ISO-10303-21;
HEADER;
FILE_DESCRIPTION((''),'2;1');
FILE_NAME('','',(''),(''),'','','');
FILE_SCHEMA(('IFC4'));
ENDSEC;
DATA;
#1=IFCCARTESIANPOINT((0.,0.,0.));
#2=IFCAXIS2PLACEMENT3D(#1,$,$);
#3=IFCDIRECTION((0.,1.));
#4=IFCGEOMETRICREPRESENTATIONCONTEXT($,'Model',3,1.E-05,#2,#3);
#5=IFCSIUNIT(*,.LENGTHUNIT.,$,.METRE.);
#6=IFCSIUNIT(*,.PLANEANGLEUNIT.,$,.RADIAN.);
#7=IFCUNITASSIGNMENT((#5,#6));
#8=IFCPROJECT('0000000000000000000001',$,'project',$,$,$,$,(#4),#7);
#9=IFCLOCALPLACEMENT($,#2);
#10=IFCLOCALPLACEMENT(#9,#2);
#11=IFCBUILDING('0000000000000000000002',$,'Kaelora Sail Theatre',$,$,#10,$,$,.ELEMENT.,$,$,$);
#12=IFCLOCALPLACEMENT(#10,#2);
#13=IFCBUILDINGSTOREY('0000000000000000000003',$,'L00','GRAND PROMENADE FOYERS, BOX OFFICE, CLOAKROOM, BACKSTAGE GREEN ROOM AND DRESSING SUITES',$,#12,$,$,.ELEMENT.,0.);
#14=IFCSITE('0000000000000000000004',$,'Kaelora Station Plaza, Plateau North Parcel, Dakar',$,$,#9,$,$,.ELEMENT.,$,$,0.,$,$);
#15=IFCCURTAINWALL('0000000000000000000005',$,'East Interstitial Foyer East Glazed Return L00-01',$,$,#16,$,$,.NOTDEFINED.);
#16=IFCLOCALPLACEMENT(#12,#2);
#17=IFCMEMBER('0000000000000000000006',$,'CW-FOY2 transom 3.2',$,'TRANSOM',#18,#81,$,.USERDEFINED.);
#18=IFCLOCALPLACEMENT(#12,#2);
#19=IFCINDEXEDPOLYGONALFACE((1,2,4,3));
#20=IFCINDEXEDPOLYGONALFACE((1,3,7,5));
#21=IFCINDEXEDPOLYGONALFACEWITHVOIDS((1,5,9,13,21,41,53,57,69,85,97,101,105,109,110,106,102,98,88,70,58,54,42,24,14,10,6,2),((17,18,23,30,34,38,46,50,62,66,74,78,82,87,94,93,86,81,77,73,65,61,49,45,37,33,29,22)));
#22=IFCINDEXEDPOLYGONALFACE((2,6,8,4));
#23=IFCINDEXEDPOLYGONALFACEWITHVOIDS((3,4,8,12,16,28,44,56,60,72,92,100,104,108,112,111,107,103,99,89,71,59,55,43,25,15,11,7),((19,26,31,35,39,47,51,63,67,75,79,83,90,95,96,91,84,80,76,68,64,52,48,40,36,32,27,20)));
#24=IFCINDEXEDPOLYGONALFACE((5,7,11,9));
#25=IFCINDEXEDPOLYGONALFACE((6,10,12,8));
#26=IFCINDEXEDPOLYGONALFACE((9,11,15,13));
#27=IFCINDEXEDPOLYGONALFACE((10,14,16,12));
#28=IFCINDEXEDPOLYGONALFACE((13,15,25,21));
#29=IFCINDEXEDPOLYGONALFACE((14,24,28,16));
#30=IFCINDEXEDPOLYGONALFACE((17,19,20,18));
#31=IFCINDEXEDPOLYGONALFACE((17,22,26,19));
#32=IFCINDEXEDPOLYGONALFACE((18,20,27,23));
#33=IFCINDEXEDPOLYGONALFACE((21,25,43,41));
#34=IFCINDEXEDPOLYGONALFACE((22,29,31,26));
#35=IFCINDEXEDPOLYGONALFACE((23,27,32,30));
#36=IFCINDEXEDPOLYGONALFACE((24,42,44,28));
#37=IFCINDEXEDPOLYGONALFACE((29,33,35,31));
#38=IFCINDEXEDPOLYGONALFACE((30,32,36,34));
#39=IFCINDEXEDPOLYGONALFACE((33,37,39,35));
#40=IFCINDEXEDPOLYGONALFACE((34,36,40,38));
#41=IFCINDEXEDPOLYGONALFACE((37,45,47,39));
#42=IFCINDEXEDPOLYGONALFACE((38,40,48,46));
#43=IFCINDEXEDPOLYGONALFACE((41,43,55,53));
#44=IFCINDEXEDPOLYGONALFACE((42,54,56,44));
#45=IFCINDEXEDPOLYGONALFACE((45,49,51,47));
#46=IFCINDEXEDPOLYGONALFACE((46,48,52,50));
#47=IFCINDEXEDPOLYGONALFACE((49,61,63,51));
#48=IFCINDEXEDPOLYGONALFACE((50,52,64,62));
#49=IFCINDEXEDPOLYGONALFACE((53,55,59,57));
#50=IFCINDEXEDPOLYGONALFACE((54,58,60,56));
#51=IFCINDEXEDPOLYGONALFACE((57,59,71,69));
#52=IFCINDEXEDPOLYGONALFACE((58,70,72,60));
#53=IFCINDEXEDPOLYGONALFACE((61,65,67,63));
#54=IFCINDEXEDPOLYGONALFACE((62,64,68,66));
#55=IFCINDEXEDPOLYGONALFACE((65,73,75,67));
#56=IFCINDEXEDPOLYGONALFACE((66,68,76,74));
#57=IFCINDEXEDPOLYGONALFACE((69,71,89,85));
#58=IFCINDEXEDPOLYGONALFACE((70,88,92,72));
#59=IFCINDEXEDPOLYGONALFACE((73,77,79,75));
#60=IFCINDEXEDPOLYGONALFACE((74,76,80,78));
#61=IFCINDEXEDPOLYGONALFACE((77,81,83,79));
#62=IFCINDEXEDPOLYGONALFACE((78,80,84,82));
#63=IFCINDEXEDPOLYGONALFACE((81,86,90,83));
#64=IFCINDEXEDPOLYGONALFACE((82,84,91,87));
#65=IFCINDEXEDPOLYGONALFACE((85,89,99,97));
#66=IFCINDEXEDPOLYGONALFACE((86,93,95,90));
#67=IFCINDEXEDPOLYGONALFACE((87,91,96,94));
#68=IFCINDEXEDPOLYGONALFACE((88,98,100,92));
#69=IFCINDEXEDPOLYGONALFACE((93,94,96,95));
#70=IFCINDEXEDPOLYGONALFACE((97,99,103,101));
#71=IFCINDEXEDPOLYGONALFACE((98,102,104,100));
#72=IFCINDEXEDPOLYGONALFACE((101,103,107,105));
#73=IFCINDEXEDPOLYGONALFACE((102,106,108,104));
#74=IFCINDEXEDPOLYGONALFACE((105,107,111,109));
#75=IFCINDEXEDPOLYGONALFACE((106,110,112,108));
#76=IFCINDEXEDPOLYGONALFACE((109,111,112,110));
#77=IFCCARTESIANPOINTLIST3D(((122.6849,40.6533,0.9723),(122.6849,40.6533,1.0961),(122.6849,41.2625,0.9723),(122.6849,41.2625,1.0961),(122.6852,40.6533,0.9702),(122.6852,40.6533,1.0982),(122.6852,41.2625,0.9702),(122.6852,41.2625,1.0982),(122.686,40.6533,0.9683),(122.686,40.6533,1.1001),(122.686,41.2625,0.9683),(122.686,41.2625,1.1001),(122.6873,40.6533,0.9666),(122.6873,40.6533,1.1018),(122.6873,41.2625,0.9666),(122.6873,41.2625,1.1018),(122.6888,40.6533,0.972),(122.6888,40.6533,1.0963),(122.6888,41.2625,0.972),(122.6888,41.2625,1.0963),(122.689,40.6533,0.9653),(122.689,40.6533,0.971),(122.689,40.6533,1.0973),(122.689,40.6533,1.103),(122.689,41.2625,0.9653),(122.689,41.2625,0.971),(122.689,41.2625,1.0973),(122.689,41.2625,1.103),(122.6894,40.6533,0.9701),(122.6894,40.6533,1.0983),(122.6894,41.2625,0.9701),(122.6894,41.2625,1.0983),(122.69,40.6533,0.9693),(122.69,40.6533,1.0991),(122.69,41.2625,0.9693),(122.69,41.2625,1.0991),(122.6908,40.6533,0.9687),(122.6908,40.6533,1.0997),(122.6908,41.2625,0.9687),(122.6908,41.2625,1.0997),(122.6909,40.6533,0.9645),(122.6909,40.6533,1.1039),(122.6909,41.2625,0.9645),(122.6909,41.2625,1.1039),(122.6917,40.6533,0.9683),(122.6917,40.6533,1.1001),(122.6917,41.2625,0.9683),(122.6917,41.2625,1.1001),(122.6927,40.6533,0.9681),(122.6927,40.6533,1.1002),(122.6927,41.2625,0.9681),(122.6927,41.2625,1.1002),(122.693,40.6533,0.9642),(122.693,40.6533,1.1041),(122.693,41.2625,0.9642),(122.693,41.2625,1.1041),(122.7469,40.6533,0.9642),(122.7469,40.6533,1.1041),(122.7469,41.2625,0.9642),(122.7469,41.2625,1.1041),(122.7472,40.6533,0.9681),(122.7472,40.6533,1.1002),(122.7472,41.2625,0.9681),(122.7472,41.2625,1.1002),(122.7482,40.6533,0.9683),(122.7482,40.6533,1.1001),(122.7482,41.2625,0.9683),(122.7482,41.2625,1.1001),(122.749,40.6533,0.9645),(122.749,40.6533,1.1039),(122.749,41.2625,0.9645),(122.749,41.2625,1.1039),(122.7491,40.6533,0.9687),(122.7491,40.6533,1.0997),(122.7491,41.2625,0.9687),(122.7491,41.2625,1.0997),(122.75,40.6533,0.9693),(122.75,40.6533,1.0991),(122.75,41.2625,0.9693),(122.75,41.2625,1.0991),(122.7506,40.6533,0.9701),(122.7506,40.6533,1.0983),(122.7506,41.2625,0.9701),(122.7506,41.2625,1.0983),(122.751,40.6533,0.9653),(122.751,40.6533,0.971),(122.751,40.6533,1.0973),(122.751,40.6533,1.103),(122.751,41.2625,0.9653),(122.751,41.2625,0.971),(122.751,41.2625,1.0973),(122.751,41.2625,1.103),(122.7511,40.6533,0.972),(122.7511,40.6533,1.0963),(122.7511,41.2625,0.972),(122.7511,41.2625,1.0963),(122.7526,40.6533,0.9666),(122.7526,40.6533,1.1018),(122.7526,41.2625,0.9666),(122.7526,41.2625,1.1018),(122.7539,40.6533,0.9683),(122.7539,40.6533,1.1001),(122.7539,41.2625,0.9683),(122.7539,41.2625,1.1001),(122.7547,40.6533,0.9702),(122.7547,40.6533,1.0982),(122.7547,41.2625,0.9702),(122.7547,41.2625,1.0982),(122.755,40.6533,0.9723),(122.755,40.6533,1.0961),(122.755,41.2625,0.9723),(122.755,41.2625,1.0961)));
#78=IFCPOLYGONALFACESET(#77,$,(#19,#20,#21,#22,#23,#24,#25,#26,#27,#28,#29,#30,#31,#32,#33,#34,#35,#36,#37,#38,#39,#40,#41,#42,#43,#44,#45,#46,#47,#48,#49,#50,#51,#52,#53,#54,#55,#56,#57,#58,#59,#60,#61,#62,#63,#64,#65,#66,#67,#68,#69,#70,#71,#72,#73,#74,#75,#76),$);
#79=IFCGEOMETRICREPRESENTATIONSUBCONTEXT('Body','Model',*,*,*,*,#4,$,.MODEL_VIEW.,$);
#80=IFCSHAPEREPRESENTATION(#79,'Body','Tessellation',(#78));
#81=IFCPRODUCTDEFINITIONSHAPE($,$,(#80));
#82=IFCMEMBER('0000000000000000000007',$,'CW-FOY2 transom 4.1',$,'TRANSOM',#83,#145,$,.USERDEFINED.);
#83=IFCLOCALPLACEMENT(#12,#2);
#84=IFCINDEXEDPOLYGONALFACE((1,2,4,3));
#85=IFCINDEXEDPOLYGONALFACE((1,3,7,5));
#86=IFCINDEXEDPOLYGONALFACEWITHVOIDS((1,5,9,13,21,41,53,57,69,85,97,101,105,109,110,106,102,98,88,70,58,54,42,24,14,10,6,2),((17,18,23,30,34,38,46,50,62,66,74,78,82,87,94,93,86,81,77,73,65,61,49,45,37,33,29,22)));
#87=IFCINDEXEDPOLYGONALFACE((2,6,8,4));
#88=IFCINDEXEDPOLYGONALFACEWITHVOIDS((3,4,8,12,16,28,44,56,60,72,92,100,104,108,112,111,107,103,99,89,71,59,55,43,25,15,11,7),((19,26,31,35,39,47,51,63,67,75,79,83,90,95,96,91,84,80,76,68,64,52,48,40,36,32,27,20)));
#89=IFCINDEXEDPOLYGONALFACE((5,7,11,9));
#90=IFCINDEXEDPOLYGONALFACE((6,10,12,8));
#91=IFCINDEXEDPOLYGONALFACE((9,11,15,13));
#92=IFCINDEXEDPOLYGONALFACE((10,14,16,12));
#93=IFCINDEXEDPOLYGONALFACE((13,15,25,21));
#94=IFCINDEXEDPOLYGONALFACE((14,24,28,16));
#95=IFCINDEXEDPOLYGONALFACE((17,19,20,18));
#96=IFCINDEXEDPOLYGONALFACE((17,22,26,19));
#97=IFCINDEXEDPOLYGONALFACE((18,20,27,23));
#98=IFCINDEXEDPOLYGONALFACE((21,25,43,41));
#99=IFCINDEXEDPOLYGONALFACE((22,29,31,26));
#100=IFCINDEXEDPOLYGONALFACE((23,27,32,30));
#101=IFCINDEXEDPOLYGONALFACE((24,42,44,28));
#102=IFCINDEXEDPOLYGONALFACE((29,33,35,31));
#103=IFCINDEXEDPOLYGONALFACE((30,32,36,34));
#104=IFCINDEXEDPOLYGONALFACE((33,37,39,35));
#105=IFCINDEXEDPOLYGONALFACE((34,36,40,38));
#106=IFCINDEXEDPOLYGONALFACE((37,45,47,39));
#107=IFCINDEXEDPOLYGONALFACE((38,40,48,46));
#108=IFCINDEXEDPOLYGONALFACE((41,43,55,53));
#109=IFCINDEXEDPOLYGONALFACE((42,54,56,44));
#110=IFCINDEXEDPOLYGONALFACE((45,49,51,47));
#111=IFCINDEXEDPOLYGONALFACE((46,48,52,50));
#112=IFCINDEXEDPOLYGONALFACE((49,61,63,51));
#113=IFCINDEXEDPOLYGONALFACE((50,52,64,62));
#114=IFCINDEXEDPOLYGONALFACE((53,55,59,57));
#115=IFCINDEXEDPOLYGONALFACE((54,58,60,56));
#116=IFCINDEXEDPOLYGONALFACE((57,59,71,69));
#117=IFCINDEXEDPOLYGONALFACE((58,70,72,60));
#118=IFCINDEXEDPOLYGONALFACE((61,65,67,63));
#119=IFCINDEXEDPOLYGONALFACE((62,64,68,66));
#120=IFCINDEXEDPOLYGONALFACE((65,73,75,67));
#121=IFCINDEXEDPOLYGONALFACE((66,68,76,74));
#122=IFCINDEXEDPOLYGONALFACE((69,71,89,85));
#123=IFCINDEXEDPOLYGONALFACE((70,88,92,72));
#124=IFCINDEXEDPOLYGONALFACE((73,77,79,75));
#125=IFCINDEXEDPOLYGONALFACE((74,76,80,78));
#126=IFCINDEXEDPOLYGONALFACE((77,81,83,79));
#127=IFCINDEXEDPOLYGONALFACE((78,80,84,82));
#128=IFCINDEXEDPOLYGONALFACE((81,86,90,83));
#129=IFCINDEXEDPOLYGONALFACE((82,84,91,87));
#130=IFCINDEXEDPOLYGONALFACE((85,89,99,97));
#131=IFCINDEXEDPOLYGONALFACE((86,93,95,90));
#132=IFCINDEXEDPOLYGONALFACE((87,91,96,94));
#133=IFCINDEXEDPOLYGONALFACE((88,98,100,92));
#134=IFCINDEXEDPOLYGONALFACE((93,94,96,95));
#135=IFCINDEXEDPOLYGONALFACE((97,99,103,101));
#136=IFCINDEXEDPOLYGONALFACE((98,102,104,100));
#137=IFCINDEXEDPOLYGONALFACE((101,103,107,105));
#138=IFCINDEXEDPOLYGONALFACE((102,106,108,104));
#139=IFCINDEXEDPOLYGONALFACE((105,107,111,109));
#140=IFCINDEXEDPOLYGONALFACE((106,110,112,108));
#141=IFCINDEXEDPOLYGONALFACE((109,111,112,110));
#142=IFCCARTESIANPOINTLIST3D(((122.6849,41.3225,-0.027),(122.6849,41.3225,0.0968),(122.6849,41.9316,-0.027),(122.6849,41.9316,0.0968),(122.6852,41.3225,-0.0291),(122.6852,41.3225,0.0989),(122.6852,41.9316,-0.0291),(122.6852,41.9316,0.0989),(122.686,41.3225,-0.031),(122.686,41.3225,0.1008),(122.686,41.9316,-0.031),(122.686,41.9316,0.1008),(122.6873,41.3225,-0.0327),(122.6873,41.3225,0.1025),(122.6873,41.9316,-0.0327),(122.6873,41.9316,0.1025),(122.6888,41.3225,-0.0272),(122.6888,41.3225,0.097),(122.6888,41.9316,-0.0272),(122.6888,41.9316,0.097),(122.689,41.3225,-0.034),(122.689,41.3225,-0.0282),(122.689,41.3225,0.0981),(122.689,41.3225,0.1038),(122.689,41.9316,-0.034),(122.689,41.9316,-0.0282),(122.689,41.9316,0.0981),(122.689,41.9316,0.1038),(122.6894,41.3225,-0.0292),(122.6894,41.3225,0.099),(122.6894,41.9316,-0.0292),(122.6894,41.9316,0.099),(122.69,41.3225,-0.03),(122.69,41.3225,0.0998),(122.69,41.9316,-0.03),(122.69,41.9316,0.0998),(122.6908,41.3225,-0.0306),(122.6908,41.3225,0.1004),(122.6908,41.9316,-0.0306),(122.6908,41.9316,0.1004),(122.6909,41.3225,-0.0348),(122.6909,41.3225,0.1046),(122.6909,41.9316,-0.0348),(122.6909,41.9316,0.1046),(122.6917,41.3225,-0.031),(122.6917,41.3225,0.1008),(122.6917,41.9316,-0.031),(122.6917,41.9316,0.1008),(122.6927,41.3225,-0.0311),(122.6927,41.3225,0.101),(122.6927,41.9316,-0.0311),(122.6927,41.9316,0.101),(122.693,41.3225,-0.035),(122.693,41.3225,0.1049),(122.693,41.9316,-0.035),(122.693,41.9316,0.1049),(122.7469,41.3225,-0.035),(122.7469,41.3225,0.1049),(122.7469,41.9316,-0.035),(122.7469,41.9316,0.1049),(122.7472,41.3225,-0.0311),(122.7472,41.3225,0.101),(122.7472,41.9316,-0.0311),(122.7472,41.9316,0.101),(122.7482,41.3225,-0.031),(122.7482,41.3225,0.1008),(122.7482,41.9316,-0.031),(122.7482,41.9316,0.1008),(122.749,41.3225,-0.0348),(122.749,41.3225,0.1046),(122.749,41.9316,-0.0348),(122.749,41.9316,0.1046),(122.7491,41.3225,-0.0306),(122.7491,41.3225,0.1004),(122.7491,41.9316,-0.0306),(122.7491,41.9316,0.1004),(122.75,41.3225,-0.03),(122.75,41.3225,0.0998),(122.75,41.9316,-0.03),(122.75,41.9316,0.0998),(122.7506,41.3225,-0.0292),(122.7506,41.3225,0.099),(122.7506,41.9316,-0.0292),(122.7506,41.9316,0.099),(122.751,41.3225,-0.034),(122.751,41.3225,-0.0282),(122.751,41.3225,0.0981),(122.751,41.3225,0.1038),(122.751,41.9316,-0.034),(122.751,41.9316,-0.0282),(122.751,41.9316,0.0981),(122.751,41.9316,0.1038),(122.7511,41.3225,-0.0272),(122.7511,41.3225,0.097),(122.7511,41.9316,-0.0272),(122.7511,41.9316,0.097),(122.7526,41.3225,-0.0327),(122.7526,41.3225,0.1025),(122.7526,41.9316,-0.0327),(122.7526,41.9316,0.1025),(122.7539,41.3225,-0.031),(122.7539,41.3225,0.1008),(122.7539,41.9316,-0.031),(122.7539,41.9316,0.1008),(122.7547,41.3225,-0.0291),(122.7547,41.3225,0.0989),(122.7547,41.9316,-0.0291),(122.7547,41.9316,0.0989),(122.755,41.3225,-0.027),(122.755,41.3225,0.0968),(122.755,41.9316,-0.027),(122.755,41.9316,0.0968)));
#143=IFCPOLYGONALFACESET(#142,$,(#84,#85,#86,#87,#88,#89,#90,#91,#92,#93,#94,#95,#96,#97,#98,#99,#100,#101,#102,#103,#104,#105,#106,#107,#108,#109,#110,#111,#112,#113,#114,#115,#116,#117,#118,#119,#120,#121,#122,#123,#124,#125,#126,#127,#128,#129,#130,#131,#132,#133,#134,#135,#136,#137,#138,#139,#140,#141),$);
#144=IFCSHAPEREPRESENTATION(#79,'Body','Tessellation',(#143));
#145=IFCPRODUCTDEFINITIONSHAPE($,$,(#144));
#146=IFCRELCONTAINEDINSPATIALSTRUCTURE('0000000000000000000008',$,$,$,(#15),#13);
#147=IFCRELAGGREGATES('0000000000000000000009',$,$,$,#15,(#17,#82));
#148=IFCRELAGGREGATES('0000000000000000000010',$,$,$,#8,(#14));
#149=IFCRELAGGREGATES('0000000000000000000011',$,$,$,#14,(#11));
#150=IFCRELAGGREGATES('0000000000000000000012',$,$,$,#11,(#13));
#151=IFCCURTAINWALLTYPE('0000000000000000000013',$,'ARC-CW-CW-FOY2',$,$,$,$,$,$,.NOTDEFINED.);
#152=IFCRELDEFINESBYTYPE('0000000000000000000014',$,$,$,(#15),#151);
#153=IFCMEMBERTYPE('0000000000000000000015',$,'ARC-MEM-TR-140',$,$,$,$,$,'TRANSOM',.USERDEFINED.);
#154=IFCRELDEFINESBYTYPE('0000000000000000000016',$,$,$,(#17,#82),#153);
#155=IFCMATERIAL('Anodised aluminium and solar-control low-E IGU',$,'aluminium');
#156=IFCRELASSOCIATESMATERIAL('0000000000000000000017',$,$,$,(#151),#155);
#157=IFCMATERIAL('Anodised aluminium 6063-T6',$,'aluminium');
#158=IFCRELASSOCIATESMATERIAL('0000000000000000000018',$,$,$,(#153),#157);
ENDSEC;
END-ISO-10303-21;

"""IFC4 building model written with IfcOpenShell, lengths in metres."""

from ifc_helpers import new_model, si_unit, direction, frame, origin, origin_2d, place, context, subcontext, project, spatial, hollow_rectangle, extrude, material, material_profile, profile_set, type_object, element, aggregate, save


model = new_model("IFC4")

# Units and contexts
model_context = context("Model", 3, precision=1e-05, world=origin(), true_north=direction((0.0, 1.0)))
body_context = subcontext(model_context, "Body", "Model", "MODEL_VIEW")
ifc_project = project(units=[si_unit("LENGTHUNIT", "METRE"), si_unit("PLANEANGLEUNIT", "RADIAN")], contexts=[model_context])

# Site, building, storey
site_placement = place(None, origin())
site = spatial("IfcSite", under=ifc_project, at=site_placement, Name="Kaelora Station Plaza, Plateau North Parcel, Dakar", CompositionType="ELEMENT", RefElevation=0.0)
building_placement = place(site_placement, origin())
building = spatial("IfcBuilding", under=site, at=building_placement, Name="Kaelora Sail Theatre", CompositionType="ELEMENT")
storey_placement = place(building_placement, origin())
storey = spatial("IfcBuildingStorey", under=building, at=storey_placement, Name="L00", Description="GRAND PROMENADE FOYERS, BOX OFFICE, CLOAKROOM, BACKSTAGE GREEN ROOM AND DRESSING SUITES", CompositionType="ELEMENT", Elevation=0.0)

# Curtain wall
ifc_material_1 = material(Name="Anodised aluminium and solar-control low-E IGU", Category="aluminium")
curtain_wall_type = type_object("IfcCurtainWallType", Name="ARC-CW-CW-FOY2", PredefinedType="NOTDEFINED", material=ifc_material_1)
curtain_wall_placement = place(storey_placement, origin())
curtain_wall = element("IfcCurtainWall", 1, at=curtain_wall_placement, inside=storey, type_object=curtain_wall_type, Name="East Interstitial Foyer East Glazed Return L00-01", PredefinedType="NOTDEFINED")

# Members
ifc_material_2 = material(Name="Anodised aluminium 6063-T6", Category="aluminium")
ifc_material_profile_1 = material_profile(ifc_material_2, hollow_rectangle(XDim=0.0701, YDim=0.1399, WallThickness=0.0039, InnerFilletRadius=0.0039, OuterFilletRadius=0.0081, at=origin_2d()), Name="ALU-TRAN 70x140x4")
ifc_profile_set_1 = profile_set([ifc_material_profile_1], Name="Anodised aluminium 6063-T6")
member_type_1 = type_object("IfcMemberType", Name="ARC-MEM-TR-140", ElementType="TRANSOM", PredefinedType="USERDEFINED", material=ifc_profile_set_1)
member_1_placement = place(storey_placement, frame((122.72, 40.6533, 1.0342), z_axis=(0.0, 1.0, 0.0), x_axis=(-1.0, 0.0, 0.0)))
member_1 = element("IfcMember", 2, at=member_1_placement, type_object=member_type_1, Name="CW-FOY2 transom 3.2", ObjectType="TRANSOM", PredefinedType="USERDEFINED", context=body_context, shape_type="SweptSolid", body=[
    extrude(hollow_rectangle(XDim=0.0701, YDim=0.1399, WallThickness=0.0039, InnerFilletRadius=0.0039, OuterFilletRadius=0.0081, at=origin_2d()), origin(), (0.0, 0.0, 1.0), 0.6091),
])
member_2_placement = place(storey_placement, frame((122.72, 41.3225, 0.0349), z_axis=(0.0, 1.0, 0.0), x_axis=(-1.0, 0.0, 0.0)))
member_2 = element("IfcMember", 3, at=member_2_placement, type_object=member_type_1, Name="CW-FOY2 transom 4.1", ObjectType="TRANSOM", PredefinedType="USERDEFINED", context=body_context, shape_type="SweptSolid", body=[
    extrude(hollow_rectangle(XDim=0.0701, YDim=0.1399, WallThickness=0.0039, InnerFilletRadius=0.0039, OuterFilletRadius=0.0081, at=origin_2d()), origin(), (0.0, 0.0, 1.0), 0.6091),
])

aggregate(curtain_wall, [member_1, member_2])

save(model, "model.ifc")
